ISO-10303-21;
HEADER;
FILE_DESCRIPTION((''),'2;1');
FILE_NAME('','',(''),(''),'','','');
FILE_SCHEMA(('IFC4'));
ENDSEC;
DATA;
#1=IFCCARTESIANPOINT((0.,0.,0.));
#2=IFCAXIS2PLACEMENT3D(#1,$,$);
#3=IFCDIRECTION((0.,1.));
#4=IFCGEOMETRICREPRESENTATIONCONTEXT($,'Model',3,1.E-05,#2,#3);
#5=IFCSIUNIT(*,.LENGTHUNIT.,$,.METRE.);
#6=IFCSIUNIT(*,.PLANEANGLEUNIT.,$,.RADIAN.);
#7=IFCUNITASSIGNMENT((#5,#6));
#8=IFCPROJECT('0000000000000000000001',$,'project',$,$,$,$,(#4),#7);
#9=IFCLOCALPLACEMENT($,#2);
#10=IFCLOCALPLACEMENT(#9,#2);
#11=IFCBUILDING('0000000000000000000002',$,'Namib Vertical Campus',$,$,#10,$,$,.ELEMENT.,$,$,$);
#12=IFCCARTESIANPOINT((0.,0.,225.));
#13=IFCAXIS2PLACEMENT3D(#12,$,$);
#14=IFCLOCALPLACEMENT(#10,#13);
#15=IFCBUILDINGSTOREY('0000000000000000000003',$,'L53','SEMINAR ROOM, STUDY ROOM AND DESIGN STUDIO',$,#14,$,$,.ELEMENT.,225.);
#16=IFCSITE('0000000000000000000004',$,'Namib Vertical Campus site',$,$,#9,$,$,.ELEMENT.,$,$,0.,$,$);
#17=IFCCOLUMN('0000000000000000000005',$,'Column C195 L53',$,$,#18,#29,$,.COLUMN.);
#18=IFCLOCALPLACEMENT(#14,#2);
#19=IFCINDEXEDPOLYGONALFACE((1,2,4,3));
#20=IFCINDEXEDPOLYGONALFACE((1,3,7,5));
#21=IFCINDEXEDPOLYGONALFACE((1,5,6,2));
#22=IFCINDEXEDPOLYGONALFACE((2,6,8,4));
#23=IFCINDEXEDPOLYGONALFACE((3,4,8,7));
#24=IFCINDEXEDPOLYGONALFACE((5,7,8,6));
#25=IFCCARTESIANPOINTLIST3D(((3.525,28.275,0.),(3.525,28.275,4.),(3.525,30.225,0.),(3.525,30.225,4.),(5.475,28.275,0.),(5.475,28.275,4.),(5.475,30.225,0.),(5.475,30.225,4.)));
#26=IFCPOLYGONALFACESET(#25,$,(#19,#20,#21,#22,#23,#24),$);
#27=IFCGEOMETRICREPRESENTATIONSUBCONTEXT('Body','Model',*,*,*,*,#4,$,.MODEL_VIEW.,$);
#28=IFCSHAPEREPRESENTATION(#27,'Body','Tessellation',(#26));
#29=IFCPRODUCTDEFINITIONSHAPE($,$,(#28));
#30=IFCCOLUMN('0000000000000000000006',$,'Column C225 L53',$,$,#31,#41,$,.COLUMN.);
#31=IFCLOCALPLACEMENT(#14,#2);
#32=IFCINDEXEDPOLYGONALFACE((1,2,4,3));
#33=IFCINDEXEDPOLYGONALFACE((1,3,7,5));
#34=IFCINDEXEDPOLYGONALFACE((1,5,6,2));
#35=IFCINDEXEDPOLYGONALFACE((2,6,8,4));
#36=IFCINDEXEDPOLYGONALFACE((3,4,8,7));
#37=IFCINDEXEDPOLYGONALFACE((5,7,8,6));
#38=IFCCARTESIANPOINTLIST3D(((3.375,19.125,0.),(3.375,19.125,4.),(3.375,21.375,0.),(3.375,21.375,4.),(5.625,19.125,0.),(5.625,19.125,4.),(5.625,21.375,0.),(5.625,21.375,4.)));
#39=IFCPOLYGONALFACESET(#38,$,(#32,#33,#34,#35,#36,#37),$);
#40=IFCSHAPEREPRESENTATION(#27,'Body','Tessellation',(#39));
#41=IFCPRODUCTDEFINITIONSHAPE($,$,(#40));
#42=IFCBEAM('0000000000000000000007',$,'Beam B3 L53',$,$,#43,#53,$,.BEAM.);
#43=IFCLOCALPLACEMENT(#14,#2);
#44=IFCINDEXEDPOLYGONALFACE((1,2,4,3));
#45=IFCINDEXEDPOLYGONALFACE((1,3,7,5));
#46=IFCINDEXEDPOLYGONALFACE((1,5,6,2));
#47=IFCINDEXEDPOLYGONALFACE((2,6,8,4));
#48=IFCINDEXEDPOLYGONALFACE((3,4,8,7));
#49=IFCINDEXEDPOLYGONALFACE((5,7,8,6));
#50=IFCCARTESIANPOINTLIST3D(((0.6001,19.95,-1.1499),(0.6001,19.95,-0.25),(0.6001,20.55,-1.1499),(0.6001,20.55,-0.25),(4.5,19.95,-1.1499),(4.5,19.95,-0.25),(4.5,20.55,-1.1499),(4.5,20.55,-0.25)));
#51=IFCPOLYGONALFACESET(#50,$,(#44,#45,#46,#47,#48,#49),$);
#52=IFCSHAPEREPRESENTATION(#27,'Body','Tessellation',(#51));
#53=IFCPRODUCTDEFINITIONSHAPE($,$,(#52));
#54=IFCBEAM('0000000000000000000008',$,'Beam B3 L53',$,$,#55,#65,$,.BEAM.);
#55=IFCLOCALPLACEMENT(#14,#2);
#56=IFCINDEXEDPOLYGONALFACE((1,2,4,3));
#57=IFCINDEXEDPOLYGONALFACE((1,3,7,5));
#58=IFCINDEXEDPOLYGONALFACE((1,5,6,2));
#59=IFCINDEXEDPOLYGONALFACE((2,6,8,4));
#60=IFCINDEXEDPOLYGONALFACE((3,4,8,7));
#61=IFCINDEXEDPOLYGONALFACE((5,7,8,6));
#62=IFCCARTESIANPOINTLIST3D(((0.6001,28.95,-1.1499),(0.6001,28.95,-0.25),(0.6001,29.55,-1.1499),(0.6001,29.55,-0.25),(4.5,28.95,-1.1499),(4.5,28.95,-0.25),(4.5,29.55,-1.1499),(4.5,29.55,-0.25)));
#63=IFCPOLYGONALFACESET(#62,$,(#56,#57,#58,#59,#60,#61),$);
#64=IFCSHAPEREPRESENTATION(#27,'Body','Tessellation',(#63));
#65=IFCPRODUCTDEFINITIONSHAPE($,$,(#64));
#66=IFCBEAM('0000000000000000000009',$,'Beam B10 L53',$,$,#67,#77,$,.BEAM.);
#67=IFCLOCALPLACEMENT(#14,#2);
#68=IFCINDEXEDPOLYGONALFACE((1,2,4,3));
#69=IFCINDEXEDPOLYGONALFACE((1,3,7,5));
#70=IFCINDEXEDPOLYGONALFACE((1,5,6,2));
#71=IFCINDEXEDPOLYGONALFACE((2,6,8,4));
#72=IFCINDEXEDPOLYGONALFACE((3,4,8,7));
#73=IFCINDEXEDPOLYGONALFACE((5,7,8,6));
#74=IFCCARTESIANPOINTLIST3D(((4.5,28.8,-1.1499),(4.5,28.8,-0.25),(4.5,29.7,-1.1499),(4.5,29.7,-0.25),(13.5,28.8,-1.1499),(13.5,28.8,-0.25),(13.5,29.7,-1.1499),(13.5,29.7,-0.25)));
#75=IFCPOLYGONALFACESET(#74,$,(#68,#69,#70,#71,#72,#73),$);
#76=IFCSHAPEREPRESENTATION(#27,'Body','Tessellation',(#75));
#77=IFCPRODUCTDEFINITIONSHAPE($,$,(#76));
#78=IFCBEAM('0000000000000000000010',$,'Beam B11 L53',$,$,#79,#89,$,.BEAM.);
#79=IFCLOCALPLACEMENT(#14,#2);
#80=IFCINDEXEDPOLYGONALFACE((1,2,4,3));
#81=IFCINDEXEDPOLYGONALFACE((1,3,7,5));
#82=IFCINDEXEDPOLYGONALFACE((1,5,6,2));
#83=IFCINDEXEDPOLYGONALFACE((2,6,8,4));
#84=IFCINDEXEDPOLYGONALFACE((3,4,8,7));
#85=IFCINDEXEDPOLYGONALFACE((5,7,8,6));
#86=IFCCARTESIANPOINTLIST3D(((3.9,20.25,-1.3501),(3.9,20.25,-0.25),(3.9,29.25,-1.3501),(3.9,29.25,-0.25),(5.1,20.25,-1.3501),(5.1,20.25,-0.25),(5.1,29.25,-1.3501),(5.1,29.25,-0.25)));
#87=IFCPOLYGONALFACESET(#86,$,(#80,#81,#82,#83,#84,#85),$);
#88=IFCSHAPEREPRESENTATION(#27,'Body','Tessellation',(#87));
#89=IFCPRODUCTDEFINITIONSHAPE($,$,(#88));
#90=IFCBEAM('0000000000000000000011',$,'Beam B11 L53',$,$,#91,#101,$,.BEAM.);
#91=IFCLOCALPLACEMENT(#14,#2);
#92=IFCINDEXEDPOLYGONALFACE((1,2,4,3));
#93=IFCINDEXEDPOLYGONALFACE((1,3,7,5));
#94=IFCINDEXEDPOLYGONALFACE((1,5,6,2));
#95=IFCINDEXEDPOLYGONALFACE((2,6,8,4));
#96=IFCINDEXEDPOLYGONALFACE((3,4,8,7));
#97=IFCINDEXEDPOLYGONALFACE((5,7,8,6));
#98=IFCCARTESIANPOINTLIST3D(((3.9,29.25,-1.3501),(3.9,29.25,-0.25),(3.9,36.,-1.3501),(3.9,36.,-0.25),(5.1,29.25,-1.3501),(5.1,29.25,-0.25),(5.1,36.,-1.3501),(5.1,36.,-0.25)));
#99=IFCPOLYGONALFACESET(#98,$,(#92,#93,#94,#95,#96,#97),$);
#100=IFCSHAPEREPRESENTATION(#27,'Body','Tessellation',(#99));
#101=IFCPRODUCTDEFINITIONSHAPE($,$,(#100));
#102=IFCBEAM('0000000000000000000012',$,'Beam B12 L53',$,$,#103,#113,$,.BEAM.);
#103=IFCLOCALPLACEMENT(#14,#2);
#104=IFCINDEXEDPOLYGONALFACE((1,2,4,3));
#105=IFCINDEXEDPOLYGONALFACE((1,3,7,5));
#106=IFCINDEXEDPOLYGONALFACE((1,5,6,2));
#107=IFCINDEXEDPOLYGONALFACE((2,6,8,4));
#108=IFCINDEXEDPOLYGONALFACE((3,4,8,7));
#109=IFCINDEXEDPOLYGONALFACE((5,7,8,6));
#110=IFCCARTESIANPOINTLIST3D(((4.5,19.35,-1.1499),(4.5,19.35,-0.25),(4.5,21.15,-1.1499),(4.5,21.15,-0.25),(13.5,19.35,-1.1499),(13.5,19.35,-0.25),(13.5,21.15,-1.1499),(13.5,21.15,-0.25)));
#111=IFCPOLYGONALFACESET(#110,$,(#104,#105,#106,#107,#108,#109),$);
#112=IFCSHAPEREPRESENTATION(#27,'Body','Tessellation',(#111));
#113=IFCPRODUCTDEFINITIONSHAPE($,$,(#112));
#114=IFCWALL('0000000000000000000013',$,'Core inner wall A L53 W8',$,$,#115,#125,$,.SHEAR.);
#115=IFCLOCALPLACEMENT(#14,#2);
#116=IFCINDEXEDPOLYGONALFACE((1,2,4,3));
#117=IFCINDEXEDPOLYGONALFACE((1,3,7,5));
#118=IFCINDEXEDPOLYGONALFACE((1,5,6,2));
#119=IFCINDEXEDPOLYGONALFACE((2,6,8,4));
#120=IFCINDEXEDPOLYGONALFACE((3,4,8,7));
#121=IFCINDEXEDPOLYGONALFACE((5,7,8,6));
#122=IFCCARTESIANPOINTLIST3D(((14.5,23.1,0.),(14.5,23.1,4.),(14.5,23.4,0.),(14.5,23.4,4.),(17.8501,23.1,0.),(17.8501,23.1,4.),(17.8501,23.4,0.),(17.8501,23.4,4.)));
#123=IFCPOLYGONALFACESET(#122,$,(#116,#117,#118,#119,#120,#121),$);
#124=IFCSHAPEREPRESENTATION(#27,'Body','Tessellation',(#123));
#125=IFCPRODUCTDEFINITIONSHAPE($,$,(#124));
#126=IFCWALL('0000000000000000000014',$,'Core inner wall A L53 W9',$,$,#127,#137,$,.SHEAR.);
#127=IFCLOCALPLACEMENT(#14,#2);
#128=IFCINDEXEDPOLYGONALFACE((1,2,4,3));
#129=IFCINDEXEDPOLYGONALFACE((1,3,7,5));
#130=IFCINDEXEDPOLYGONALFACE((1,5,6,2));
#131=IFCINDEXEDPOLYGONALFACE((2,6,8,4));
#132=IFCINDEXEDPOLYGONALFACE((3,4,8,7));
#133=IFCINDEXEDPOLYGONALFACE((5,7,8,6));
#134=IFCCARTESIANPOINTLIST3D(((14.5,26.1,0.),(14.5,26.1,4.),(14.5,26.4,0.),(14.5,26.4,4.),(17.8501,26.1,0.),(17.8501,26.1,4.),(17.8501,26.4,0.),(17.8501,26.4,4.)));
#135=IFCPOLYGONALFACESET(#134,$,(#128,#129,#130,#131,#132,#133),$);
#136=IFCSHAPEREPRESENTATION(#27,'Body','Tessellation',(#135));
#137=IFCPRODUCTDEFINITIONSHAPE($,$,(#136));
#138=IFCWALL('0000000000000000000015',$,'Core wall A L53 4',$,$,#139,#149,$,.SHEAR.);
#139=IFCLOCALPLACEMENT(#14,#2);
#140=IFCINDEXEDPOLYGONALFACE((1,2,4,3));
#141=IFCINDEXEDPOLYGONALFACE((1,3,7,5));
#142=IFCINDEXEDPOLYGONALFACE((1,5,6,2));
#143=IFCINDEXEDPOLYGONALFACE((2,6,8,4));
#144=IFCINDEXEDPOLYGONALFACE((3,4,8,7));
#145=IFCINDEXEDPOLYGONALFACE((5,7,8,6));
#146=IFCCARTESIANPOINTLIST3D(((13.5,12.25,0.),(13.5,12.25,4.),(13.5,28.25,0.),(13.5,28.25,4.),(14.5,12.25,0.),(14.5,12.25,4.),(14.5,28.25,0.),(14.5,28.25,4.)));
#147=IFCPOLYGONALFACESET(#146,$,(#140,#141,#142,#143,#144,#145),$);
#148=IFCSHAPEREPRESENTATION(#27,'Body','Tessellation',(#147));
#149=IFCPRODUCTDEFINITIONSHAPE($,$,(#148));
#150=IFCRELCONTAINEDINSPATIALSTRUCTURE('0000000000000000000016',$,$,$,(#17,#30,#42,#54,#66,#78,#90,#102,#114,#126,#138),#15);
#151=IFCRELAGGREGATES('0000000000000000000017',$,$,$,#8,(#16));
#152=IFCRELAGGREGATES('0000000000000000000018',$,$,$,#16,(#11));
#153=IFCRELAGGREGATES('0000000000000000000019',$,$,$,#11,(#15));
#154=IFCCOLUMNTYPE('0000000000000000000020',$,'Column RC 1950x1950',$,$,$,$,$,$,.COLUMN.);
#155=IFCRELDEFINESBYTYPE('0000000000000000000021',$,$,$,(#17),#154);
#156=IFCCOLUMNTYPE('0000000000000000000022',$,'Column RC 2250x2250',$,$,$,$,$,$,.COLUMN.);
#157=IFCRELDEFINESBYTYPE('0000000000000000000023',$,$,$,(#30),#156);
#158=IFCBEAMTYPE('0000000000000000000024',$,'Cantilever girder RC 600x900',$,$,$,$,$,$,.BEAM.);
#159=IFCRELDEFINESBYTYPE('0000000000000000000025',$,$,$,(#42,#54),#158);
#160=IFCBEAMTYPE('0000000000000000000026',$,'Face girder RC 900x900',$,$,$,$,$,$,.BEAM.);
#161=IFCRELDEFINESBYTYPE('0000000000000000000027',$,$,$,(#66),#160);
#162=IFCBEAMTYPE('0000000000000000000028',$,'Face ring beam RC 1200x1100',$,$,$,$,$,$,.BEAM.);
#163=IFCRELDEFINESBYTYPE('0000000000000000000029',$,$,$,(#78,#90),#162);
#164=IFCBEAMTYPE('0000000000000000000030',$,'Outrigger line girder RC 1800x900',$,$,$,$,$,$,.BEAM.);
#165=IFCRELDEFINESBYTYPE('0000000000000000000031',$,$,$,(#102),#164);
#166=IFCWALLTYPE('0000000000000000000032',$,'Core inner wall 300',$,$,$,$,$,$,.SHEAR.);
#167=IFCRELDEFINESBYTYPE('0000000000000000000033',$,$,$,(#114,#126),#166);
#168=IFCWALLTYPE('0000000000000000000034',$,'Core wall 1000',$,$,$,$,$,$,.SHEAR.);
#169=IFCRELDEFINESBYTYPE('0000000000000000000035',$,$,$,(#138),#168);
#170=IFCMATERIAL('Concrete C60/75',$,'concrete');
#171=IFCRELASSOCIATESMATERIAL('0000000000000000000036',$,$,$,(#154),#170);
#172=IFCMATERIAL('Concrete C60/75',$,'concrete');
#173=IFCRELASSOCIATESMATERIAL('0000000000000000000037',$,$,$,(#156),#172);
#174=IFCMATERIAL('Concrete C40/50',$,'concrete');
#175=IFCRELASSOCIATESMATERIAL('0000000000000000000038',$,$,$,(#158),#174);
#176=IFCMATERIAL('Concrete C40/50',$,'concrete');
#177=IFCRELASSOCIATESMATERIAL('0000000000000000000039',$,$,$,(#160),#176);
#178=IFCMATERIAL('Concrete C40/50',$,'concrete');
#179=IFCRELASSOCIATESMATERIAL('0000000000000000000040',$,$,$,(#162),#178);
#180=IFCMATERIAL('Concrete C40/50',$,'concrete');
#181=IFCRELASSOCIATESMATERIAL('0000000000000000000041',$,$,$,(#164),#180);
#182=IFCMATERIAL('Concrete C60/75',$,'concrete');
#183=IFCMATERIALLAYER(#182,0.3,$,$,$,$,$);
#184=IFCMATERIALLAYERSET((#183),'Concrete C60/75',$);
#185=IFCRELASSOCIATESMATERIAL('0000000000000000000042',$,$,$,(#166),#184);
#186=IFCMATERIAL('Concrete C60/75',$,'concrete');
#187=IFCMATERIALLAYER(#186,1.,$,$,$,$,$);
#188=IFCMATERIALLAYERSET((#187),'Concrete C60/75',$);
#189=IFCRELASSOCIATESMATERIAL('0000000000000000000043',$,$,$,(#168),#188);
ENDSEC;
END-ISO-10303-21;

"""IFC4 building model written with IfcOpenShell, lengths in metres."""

from ifc_helpers import new_model, si_unit, direction, frame, frame_2d, origin, origin_2d, place, context, subcontext, project, spatial, rectangle, extrude, material, layer, layer_set, material_profile, profile_set, type_object, element, save


model = new_model("IFC4")

# Units and contexts
model_context = context("Model", 3, precision=1e-05, world=origin(), true_north=direction((0.0, 1.0)))
body_context = subcontext(model_context, "Body", "Model", "MODEL_VIEW")
ifc_project = project(units=[si_unit("LENGTHUNIT", "METRE"), si_unit("PLANEANGLEUNIT", "RADIAN")], contexts=[model_context])

# Site, building, storey
site_placement = place(None, origin())
site = spatial("IfcSite", under=ifc_project, at=site_placement, Name="Namib Vertical Campus site", CompositionType="ELEMENT", RefElevation=0.0)
building_placement = place(site_placement, origin())
building = spatial("IfcBuilding", under=site, at=building_placement, Name="Namib Vertical Campus", CompositionType="ELEMENT")
storey_placement = place(building_placement, frame((0.0, 0.0, 225.0)))
storey = spatial("IfcBuildingStorey", under=building, at=storey_placement, Name="L53", Description="SEMINAR ROOM, STUDY ROOM AND DESIGN STUDIO", CompositionType="ELEMENT", Elevation=225.0)

# Columns
ifc_material_1 = material(Name="Concrete C60/75", Category="concrete")
ifc_material_profile_1 = material_profile(ifc_material_1, rectangle(XDim=1.95, YDim=1.95, at=origin_2d()))
ifc_profile_set_1 = profile_set([ifc_material_profile_1], Name="Concrete C60/75")
column_type_1 = type_object("IfcColumnType", Name="Column RC 1950x1950", PredefinedType="COLUMN", material=ifc_profile_set_1)
column_1_placement = place(storey_placement, frame((4.5, 29.25, 0.0), z_axis=(0.0, 0.0, 1.0), x_axis=(1.0, 0.0, 0.0)))
element("IfcColumn", 1, at=column_1_placement, inside=storey, type_object=column_type_1, Name="Column C195 L53", PredefinedType="COLUMN", context=body_context, shape_type="SweptSolid", body=[
    extrude(rectangle(XDim=1.95, YDim=1.95, at=origin_2d()), origin(), (0.0, 0.0, 1.0), 4.0),
])
ifc_material_2 = material(Name="Concrete C60/75", Category="concrete")
ifc_material_profile_2 = material_profile(ifc_material_2, rectangle(XDim=2.25, YDim=2.25, at=origin_2d()))
ifc_profile_set_2 = profile_set([ifc_material_profile_2], Name="Concrete C60/75")
column_type_2 = type_object("IfcColumnType", Name="Column RC 2250x2250", PredefinedType="COLUMN", material=ifc_profile_set_2)
column_2_placement = place(storey_placement, frame((4.5, 20.25, 0.0), z_axis=(0.0, 0.0, 1.0), x_axis=(1.0, 0.0, 0.0)))
element("IfcColumn", 2, at=column_2_placement, inside=storey, type_object=column_type_2, Name="Column C225 L53", PredefinedType="COLUMN", context=body_context, shape_type="SweptSolid", body=[
    extrude(rectangle(XDim=2.25, YDim=2.25, at=origin_2d()), origin(), (0.0, 0.0, 1.0), 4.0),
])

# Beams
ifc_material_3 = material(Name="Concrete C40/50", Category="concrete")
ifc_material_profile_3 = material_profile(ifc_material_3, rectangle(XDim=0.6001, YDim=0.8999, at=origin_2d()))
ifc_profile_set_3 = profile_set([ifc_material_profile_3], Name="Concrete C40/50")
beam_type_1 = type_object("IfcBeamType", Name="Cantilever girder RC 600x900", PredefinedType="BEAM", material=ifc_profile_set_3)
for number, where, z_axis, x_axis, name in (
    (3, (4.5, 20.25, -0.7), (-1.0, 0.0, 0.0), (0.0, -1.0, 0.0), "Beam B3 L53"),
    (4, (4.5, 29.25, -0.7), (-1.0, 0.0, 0.0), (0.0, -1.0, 0.0), "Beam B3 L53"),
):
    element("IfcBeam", number, at=place(storey_placement, frame(where, z_axis=z_axis, x_axis=x_axis)), inside=storey, type_object=beam_type_1, Name=name, PredefinedType="BEAM", context=body_context, shape_type="SweptSolid", body=[
        extrude(rectangle(XDim=0.6001, YDim=0.8999, at=origin_2d()), origin(), (0.0, 0.0, 1.0), 3.8999),
    ])
ifc_material_4 = material(Name="Concrete C40/50", Category="concrete")
ifc_material_profile_4 = material_profile(ifc_material_4, rectangle(XDim=0.8999, YDim=0.8999, at=origin_2d()))
ifc_profile_set_4 = profile_set([ifc_material_profile_4], Name="Concrete C40/50")
beam_type_2 = type_object("IfcBeamType", Name="Face girder RC 900x900", PredefinedType="BEAM", material=ifc_profile_set_4)
beam_1_placement = place(storey_placement, frame((4.5, 29.25, -0.7), z_axis=(1.0, 0.0, 0.0), x_axis=(0.0, 1.0, 0.0)))
element("IfcBeam", 5, at=beam_1_placement, inside=storey, type_object=beam_type_2, Name="Beam B10 L53", PredefinedType="BEAM", context=body_context, shape_type="SweptSolid", body=[
    extrude(rectangle(XDim=0.8999, YDim=0.8999, at=origin_2d()), origin(), (0.0, 0.0, 1.0), 9.0),
])
ifc_material_5 = material(Name="Concrete C40/50", Category="concrete")
ifc_material_profile_5 = material_profile(ifc_material_5, rectangle(XDim=1.2, YDim=1.1001, at=origin_2d()))
ifc_profile_set_5 = profile_set([ifc_material_profile_5], Name="Concrete C40/50")
beam_type_3 = type_object("IfcBeamType", Name="Face ring beam RC 1200x1100", PredefinedType="BEAM", material=ifc_profile_set_5)
beam_2_placement = place(storey_placement, frame((4.5, 20.25, -0.8), z_axis=(0.0, 1.0, 0.0), x_axis=(-1.0, 0.0, 0.0)))
element("IfcBeam", 6, at=beam_2_placement, inside=storey, type_object=beam_type_3, Name="Beam B11 L53", PredefinedType="BEAM", context=body_context, shape_type="SweptSolid", body=[
    extrude(rectangle(XDim=1.2, YDim=1.1001, at=origin_2d()), origin(), (0.0, 0.0, 1.0), 9.0),
])
beam_3_placement = place(storey_placement, frame((4.5, 29.25, -0.8), z_axis=(0.0, 1.0, 0.0), x_axis=(-1.0, 0.0, 0.0)))
element("IfcBeam", 7, at=beam_3_placement, inside=storey, type_object=beam_type_3, Name="Beam B11 L53", PredefinedType="BEAM", context=body_context, shape_type="SweptSolid", body=[
    extrude(rectangle(XDim=1.2, YDim=1.1001, at=origin_2d()), origin(), (0.0, 0.0, 1.0), 6.75),
])
ifc_material_6 = material(Name="Concrete C40/50", Category="concrete")
ifc_material_profile_6 = material_profile(ifc_material_6, rectangle(XDim=1.8, YDim=0.8999, at=origin_2d()))
ifc_profile_set_6 = profile_set([ifc_material_profile_6], Name="Concrete C40/50")
beam_type_4 = type_object("IfcBeamType", Name="Outrigger line girder RC 1800x900", PredefinedType="BEAM", material=ifc_profile_set_6)
beam_4_placement = place(storey_placement, frame((4.5, 20.25, -0.7), z_axis=(1.0, 0.0, 0.0), x_axis=(0.0, 1.0, 0.0)))
element("IfcBeam", 8, at=beam_4_placement, inside=storey, type_object=beam_type_4, Name="Beam B12 L53", PredefinedType="BEAM", context=body_context, shape_type="SweptSolid", body=[
    extrude(rectangle(XDim=1.8, YDim=0.8999, at=origin_2d()), origin(), (0.0, 0.0, 1.0), 9.0),
])

# Walls
ifc_material_7 = material(Name="Concrete C60/75", Category="concrete")
ifc_layer_1 = layer(ifc_material_7, 0.3)
ifc_layer_set_1 = layer_set([ifc_layer_1], Name="Concrete C60/75")
wall_type_1 = type_object("IfcWallType", Name="Core inner wall 300", PredefinedType="SHEAR", material=ifc_layer_set_1)
for number, where, z_axis, x_axis, name in (
    (9, (14.5, 23.25, 0.0), (0.0, 0.0, 1.0), (1.0, 0.0, 0.0), "Core inner wall A L53 W8"),
    (10, (14.5, 26.25, 0.0), (0.0, 0.0, 1.0), (1.0, 0.0, 0.0), "Core inner wall A L53 W9"),
):
    element("IfcWall", number, at=place(storey_placement, frame(where, z_axis=z_axis, x_axis=x_axis)), inside=storey, type_object=wall_type_1, Name=name, PredefinedType="SHEAR", context=body_context, shape_type="SweptSolid", body=[
        extrude(rectangle(XDim=3.3501, YDim=0.3, at=frame_2d((1.675, 0.0))), origin(), (0.0, 0.0, 1.0), 4.0),
    ])
ifc_material_8 = material(Name="Concrete C60/75", Category="concrete")
ifc_layer_2 = layer(ifc_material_8, 1.0)
ifc_layer_set_2 = layer_set([ifc_layer_2], Name="Concrete C60/75")
wall_type_2 = type_object("IfcWallType", Name="Core wall 1000", PredefinedType="SHEAR", material=ifc_layer_set_2)
wall_1_placement = place(storey_placement, frame((14.0, 28.25, 0.0), z_axis=(0.0, 0.0, 1.0), x_axis=(0.0, -1.0, 0.0)))
element("IfcWall", 11, at=wall_1_placement, inside=storey, type_object=wall_type_2, Name="Core wall A L53 4", PredefinedType="SHEAR", context=body_context, shape_type="SweptSolid", body=[
    extrude(rectangle(XDim=16.0, YDim=1.0, at=frame_2d((8.0, 0.0))), origin(), (0.0, 0.0, 1.0), 4.0),
])

save(model, "model.ifc")
